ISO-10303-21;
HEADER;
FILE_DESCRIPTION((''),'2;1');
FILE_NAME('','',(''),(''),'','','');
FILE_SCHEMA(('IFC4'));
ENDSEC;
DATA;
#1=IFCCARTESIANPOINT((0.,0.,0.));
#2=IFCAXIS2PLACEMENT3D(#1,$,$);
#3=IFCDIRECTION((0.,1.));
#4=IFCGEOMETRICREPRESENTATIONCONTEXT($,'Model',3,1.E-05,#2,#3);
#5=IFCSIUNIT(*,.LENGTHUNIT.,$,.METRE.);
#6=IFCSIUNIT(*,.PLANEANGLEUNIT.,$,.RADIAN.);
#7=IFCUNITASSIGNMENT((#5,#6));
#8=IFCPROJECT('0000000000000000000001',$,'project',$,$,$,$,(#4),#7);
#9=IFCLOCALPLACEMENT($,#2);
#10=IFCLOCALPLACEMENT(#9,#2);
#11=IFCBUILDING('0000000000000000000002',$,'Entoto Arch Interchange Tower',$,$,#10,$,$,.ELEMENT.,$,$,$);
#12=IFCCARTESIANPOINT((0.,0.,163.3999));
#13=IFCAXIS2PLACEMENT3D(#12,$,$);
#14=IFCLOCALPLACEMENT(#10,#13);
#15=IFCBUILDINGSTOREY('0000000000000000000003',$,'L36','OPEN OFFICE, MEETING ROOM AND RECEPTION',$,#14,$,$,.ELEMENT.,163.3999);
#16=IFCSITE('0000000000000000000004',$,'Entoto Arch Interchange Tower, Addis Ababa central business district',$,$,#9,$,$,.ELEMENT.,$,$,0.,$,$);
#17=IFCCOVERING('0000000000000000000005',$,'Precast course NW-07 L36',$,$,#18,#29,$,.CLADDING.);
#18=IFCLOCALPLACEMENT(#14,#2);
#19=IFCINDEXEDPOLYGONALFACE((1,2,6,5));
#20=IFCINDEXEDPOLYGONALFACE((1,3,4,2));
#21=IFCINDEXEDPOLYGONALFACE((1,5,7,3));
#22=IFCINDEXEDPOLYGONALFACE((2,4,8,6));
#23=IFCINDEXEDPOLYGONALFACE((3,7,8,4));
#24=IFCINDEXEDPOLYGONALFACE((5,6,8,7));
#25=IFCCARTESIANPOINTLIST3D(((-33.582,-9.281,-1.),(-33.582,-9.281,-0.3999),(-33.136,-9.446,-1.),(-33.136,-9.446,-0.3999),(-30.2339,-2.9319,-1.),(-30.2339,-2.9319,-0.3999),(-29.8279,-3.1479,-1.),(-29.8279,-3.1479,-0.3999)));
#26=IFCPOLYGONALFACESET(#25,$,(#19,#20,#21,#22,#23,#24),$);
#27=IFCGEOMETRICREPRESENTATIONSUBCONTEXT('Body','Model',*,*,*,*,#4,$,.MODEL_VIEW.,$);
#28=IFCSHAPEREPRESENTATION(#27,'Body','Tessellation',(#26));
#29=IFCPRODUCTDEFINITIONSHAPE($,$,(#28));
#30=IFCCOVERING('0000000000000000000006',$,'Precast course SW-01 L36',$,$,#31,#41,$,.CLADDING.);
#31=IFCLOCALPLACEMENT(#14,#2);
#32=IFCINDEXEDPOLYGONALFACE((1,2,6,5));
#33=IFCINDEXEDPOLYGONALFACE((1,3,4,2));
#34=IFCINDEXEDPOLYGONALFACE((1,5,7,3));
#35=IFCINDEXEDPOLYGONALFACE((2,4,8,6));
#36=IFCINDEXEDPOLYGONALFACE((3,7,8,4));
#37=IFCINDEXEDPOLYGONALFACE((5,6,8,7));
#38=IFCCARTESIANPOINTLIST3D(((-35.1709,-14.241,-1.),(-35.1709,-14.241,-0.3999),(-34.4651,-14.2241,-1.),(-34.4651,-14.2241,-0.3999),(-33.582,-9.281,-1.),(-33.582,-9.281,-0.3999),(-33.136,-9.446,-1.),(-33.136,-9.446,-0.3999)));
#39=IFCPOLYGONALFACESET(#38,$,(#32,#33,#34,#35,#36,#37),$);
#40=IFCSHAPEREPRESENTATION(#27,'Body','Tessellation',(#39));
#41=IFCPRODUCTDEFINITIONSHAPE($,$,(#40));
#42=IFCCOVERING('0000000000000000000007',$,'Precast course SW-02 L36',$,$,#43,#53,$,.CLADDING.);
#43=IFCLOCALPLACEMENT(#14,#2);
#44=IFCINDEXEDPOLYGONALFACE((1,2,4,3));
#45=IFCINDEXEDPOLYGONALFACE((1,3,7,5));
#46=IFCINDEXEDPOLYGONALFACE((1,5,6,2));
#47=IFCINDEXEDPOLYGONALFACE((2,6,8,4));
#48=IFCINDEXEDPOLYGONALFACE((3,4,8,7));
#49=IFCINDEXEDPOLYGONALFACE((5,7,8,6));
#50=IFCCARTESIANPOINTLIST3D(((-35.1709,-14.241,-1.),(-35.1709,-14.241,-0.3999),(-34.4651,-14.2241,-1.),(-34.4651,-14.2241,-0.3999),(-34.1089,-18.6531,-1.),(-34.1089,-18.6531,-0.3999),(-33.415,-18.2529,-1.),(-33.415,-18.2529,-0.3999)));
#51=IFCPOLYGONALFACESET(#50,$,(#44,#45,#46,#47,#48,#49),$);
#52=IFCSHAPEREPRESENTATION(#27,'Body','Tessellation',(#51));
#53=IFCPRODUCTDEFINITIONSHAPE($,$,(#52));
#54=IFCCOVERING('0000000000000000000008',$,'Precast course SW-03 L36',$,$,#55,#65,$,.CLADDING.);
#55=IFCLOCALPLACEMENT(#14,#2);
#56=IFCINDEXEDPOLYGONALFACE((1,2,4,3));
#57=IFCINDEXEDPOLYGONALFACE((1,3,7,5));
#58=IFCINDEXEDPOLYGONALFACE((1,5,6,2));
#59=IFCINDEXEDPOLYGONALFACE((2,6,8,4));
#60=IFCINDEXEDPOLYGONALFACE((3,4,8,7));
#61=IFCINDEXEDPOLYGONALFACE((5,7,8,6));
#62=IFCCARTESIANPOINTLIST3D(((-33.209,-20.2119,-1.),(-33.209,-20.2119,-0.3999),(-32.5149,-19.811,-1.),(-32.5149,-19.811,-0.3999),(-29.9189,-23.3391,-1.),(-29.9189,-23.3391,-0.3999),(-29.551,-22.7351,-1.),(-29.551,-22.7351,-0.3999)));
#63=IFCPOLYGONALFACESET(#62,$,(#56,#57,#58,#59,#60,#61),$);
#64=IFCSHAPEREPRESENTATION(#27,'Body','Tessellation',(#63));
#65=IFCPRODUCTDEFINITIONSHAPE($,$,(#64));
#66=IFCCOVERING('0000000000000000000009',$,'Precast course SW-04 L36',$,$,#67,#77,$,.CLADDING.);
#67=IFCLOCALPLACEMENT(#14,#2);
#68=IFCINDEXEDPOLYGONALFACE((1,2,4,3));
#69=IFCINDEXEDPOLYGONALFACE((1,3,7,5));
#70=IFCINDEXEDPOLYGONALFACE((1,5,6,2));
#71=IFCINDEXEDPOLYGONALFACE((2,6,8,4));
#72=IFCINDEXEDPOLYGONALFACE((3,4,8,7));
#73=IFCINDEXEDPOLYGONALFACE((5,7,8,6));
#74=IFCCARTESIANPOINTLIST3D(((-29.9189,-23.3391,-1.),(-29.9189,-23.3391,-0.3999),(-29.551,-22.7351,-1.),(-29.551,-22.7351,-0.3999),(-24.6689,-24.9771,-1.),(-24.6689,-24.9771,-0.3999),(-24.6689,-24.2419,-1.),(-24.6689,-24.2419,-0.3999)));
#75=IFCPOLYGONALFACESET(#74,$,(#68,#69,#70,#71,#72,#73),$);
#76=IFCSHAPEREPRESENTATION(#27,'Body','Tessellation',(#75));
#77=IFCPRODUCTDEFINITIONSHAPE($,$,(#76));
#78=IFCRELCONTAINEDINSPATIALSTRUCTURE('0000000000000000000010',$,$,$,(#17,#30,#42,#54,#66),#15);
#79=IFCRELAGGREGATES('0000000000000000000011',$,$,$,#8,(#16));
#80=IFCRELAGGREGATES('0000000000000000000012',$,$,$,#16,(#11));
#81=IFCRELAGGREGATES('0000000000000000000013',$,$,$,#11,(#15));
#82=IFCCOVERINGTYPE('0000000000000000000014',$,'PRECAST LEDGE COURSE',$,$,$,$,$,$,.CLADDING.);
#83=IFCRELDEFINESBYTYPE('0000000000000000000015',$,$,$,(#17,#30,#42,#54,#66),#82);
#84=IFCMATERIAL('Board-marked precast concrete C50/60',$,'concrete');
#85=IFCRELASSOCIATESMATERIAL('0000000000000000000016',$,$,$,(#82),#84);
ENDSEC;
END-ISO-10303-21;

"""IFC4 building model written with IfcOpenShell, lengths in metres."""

from ifc_helpers import new_model, si_unit, direction, frame, origin, place, context, subcontext, project, spatial, polyline, outline, extrude, material, type_object, element, save


model = new_model("IFC4")

# Units and contexts
model_context = context("Model", 3, precision=1e-05, world=origin(), true_north=direction((0.0, 1.0)))
body_context = subcontext(model_context, "Body", "Model", "MODEL_VIEW")
ifc_project = project(units=[si_unit("LENGTHUNIT", "METRE"), si_unit("PLANEANGLEUNIT", "RADIAN")], contexts=[model_context])

# Site, building, storey
site_placement = place(None, origin())
site = spatial("IfcSite", under=ifc_project, at=site_placement, Name="Entoto Arch Interchange Tower, Addis Ababa central business district", CompositionType="ELEMENT", RefElevation=0.0)
building_placement = place(site_placement, origin())
building = spatial("IfcBuilding", under=site, at=building_placement, Name="Entoto Arch Interchange Tower", CompositionType="ELEMENT")
storey_placement = place(building_placement, frame((0.0, 0.0, 163.3999)))
storey = spatial("IfcBuildingStorey", under=building, at=storey_placement, Name="L36", Description="OPEN OFFICE, MEETING ROOM AND RECEPTION", CompositionType="ELEMENT", Elevation=163.3999)

# Shared definitions
ifc_material_1 = material(Name="Board-marked precast concrete C50/60", Category="concrete")

# Coverings
covering_type_1 = type_object("IfcCoveringType", Name="PRECAST LEDGE COURSE", PredefinedType="CLADDING", material=ifc_material_1)
covering_1_placement = place(storey_placement, frame((0.0, 0.0, -1.0)))
element("IfcCovering", 1, at=covering_1_placement, inside=storey, type_object=covering_type_1, Name="Precast course NW-07 L36", PredefinedType="CLADDING", context=body_context, shape_type="SweptSolid", body=[
    extrude(outline(polyline([(-33.136, -9.446), (-33.582, -9.281), (-30.2339, -2.9319), (-29.8279, -3.1479), (-33.136, -9.446)])), origin(), (0.0, 0.0, 1.0), 0.6001),
])
covering_2_placement = place(storey_placement, frame((0.0, 0.0, -1.0)))
element("IfcCovering", 2, at=covering_2_placement, inside=storey, type_object=covering_type_1, Name="Precast course SW-01 L36", PredefinedType="CLADDING", context=body_context, shape_type="SweptSolid", body=[
    extrude(outline(polyline([(-34.4651, -14.2241), (-35.1709, -14.241), (-33.582, -9.281), (-33.136, -9.446), (-34.4651, -14.2241)])), origin(), (0.0, 0.0, 1.0), 0.6001),
])
covering_3_placement = place(storey_placement, frame((0.0, 0.0, -1.0)))
element("IfcCovering", 3, at=covering_3_placement, inside=storey, type_object=covering_type_1, Name="Precast course SW-02 L36", PredefinedType="CLADDING", context=body_context, shape_type="SweptSolid", body=[
    extrude(outline(polyline([(-33.415, -18.2529), (-34.1089, -18.6531), (-35.1709, -14.241), (-34.4651, -14.2241), (-33.415, -18.2529)])), origin(), (0.0, 0.0, 1.0), 0.6001),
])
covering_4_placement = place(storey_placement, frame((0.0, 0.0, -1.0)))
element("IfcCovering", 4, at=covering_4_placement, inside=storey, type_object=covering_type_1, Name="Precast course SW-03 L36", PredefinedType="CLADDING", context=body_context, shape_type="SweptSolid", body=[
    extrude(outline(polyline([(-29.551, -22.7351), (-29.9189, -23.3391), (-33.209, -20.2119), (-32.5149, -19.811), (-29.551, -22.7351)])), origin(), (0.0, 0.0, 1.0), 0.6001),
])
covering_5_placement = place(storey_placement, frame((0.0, 0.0, -1.0)))
element("IfcCovering", 5, at=covering_5_placement, inside=storey, type_object=covering_type_1, Name="Precast course SW-04 L36", PredefinedType="CLADDING", context=body_context, shape_type="SweptSolid", body=[
    extrude(outline(polyline([(-24.6689, -24.2419), (-24.6689, -24.9771), (-29.9189, -23.3391), (-29.551, -22.7351), (-24.6689, -24.2419)])), origin(), (0.0, 0.0, 1.0), 0.6001),
])

save(model, "model.ifc")
